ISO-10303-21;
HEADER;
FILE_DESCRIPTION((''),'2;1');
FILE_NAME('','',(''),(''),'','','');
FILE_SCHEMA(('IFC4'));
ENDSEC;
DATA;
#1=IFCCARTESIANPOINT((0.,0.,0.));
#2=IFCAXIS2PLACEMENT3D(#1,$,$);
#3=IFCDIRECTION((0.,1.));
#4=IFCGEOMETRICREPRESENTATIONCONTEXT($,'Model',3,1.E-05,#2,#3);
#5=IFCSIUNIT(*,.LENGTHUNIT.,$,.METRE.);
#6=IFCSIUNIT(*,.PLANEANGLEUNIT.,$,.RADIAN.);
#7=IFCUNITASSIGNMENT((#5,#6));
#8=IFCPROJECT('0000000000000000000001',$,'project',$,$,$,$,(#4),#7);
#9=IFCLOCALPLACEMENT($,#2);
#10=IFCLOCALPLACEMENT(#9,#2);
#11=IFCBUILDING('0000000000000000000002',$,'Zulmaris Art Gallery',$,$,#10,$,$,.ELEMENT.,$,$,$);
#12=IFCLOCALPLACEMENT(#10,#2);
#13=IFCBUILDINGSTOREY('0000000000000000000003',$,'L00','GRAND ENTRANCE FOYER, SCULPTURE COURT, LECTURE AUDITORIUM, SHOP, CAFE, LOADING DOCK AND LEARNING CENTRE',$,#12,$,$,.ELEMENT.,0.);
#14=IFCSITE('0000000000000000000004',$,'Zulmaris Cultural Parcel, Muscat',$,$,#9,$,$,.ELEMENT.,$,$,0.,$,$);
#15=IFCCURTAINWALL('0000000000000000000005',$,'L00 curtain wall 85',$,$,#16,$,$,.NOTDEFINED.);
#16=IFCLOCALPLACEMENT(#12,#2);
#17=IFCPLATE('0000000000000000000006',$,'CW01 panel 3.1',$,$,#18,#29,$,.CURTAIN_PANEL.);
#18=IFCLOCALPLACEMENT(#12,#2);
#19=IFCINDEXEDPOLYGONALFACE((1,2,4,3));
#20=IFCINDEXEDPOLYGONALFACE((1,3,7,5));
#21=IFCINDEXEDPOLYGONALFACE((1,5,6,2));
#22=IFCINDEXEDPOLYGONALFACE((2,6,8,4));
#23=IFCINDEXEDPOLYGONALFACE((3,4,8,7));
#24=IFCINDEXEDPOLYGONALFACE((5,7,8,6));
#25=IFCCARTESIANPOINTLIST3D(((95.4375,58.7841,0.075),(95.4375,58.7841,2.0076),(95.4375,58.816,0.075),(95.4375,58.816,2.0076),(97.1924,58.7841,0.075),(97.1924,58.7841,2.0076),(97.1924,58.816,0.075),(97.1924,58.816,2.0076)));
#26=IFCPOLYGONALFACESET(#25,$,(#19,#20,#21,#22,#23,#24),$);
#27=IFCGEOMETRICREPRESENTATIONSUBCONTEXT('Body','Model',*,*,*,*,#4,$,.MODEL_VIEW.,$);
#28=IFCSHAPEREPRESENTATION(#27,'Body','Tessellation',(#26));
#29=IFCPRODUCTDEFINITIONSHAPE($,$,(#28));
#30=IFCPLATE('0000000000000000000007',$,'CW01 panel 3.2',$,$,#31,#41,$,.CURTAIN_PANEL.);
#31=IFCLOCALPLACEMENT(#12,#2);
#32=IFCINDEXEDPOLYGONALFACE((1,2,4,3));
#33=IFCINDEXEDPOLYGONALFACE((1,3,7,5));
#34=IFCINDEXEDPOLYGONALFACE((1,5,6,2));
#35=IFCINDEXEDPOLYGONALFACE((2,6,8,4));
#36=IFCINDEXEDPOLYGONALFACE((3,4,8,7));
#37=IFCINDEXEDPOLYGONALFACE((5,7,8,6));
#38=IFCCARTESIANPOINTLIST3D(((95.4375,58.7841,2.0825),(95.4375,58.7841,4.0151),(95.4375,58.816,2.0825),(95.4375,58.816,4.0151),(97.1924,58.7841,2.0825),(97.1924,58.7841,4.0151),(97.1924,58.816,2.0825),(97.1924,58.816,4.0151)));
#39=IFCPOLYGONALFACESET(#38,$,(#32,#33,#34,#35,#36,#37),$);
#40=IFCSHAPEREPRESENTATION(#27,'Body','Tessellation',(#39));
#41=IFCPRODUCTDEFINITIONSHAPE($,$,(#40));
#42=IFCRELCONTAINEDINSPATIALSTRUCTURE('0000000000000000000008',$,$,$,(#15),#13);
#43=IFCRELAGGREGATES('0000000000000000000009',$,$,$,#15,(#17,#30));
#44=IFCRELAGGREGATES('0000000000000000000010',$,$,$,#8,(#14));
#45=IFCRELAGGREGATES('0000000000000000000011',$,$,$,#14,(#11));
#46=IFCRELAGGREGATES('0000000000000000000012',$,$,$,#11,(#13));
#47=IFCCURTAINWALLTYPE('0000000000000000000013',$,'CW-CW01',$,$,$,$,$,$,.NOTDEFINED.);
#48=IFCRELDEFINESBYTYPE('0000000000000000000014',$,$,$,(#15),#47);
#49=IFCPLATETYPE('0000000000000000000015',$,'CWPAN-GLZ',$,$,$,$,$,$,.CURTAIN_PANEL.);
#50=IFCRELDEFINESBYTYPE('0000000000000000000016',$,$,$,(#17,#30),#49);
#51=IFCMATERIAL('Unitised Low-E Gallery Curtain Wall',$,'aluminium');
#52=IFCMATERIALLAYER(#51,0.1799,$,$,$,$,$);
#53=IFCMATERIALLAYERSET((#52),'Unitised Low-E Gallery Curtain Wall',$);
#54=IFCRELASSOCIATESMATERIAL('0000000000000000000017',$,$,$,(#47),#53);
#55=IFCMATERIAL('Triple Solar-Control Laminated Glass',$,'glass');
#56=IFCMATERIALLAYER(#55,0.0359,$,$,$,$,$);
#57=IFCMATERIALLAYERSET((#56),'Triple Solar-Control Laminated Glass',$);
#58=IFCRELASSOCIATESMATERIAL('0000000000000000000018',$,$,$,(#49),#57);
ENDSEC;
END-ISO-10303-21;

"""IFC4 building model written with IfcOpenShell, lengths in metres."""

from ifc_helpers import new_model, si_unit, direction, frame, origin, origin_2d, place, context, subcontext, project, spatial, rectangle, extrude, material, layer, layer_set, type_object, element, aggregate, save


model = new_model("IFC4")

# Units and contexts
model_context = context("Model", 3, precision=1e-05, world=origin(), true_north=direction((0.0, 1.0)))
body_context = subcontext(model_context, "Body", "Model", "MODEL_VIEW")
ifc_project = project(units=[si_unit("LENGTHUNIT", "METRE"), si_unit("PLANEANGLEUNIT", "RADIAN")], contexts=[model_context])

# Site, building, storey
site_placement = place(None, origin())
site = spatial("IfcSite", under=ifc_project, at=site_placement, Name="Zulmaris Cultural Parcel, Muscat", CompositionType="ELEMENT", RefElevation=0.0)
building_placement = place(site_placement, origin())
building = spatial("IfcBuilding", under=site, at=building_placement, Name="Zulmaris Art Gallery", CompositionType="ELEMENT")
storey_placement = place(building_placement, origin())
storey = spatial("IfcBuildingStorey", under=building, at=storey_placement, Name="L00", Description="GRAND ENTRANCE FOYER, SCULPTURE COURT, LECTURE AUDITORIUM, SHOP, CAFE, LOADING DOCK AND LEARNING CENTRE", CompositionType="ELEMENT", Elevation=0.0)

# Curtain wall
ifc_material_1 = material(Name="Unitised Low-E Gallery Curtain Wall", Category="aluminium")
ifc_layer_1 = layer(ifc_material_1, 0.1799)
ifc_layer_set_1 = layer_set([ifc_layer_1], Name="Unitised Low-E Gallery Curtain Wall")
curtain_wall_type = type_object("IfcCurtainWallType", Name="CW-CW01", PredefinedType="NOTDEFINED", material=ifc_layer_set_1)
curtain_wall_1_placement = place(storey_placement, origin())
curtain_wall_1 = element("IfcCurtainWall", 1, at=curtain_wall_1_placement, inside=storey, type_object=curtain_wall_type, Name="L00 curtain wall 85", PredefinedType="NOTDEFINED")

# Plates
ifc_material_2 = material(Name="Triple Solar-Control Laminated Glass", Category="glass")
ifc_layer_2 = layer(ifc_material_2, 0.0359)
ifc_layer_set_2 = layer_set([ifc_layer_2], Name="Triple Solar-Control Laminated Glass")
plate_type = type_object("IfcPlateType", Name="CWPAN-GLZ", PredefinedType="CURTAIN_PANEL", material=ifc_layer_set_2)
plate_1_placement = place(storey_placement, frame((96.3149, 58.8, 0.075), z_axis=(0.0, 0.0, 1.0), x_axis=(1.0, 0.0, 0.0)))
plate_1 = element("IfcPlate", 2, at=plate_1_placement, type_object=plate_type, Name="CW01 panel 3.1", PredefinedType="CURTAIN_PANEL", context=body_context, shape_type="SweptSolid", body=[
    extrude(rectangle(XDim=1.7549, YDim=0.032, at=origin_2d()), origin(), (0.0, 0.0, 1.0), 1.9326),
])
plate_2_placement = place(storey_placement, frame((96.3149, 58.8, 2.0825), z_axis=(0.0, 0.0, 1.0), x_axis=(1.0, 0.0, 0.0)))
plate_2 = element("IfcPlate", 3, at=plate_2_placement, type_object=plate_type, Name="CW01 panel 3.2", PredefinedType="CURTAIN_PANEL", context=body_context, shape_type="SweptSolid", body=[
    extrude(rectangle(XDim=1.7549, YDim=0.032, at=origin_2d()), origin(), (0.0, 0.0, 1.0), 1.9326),
])
aggregate(curtain_wall_1, [plate_1, plate_2])

save(model, "model.ifc")
